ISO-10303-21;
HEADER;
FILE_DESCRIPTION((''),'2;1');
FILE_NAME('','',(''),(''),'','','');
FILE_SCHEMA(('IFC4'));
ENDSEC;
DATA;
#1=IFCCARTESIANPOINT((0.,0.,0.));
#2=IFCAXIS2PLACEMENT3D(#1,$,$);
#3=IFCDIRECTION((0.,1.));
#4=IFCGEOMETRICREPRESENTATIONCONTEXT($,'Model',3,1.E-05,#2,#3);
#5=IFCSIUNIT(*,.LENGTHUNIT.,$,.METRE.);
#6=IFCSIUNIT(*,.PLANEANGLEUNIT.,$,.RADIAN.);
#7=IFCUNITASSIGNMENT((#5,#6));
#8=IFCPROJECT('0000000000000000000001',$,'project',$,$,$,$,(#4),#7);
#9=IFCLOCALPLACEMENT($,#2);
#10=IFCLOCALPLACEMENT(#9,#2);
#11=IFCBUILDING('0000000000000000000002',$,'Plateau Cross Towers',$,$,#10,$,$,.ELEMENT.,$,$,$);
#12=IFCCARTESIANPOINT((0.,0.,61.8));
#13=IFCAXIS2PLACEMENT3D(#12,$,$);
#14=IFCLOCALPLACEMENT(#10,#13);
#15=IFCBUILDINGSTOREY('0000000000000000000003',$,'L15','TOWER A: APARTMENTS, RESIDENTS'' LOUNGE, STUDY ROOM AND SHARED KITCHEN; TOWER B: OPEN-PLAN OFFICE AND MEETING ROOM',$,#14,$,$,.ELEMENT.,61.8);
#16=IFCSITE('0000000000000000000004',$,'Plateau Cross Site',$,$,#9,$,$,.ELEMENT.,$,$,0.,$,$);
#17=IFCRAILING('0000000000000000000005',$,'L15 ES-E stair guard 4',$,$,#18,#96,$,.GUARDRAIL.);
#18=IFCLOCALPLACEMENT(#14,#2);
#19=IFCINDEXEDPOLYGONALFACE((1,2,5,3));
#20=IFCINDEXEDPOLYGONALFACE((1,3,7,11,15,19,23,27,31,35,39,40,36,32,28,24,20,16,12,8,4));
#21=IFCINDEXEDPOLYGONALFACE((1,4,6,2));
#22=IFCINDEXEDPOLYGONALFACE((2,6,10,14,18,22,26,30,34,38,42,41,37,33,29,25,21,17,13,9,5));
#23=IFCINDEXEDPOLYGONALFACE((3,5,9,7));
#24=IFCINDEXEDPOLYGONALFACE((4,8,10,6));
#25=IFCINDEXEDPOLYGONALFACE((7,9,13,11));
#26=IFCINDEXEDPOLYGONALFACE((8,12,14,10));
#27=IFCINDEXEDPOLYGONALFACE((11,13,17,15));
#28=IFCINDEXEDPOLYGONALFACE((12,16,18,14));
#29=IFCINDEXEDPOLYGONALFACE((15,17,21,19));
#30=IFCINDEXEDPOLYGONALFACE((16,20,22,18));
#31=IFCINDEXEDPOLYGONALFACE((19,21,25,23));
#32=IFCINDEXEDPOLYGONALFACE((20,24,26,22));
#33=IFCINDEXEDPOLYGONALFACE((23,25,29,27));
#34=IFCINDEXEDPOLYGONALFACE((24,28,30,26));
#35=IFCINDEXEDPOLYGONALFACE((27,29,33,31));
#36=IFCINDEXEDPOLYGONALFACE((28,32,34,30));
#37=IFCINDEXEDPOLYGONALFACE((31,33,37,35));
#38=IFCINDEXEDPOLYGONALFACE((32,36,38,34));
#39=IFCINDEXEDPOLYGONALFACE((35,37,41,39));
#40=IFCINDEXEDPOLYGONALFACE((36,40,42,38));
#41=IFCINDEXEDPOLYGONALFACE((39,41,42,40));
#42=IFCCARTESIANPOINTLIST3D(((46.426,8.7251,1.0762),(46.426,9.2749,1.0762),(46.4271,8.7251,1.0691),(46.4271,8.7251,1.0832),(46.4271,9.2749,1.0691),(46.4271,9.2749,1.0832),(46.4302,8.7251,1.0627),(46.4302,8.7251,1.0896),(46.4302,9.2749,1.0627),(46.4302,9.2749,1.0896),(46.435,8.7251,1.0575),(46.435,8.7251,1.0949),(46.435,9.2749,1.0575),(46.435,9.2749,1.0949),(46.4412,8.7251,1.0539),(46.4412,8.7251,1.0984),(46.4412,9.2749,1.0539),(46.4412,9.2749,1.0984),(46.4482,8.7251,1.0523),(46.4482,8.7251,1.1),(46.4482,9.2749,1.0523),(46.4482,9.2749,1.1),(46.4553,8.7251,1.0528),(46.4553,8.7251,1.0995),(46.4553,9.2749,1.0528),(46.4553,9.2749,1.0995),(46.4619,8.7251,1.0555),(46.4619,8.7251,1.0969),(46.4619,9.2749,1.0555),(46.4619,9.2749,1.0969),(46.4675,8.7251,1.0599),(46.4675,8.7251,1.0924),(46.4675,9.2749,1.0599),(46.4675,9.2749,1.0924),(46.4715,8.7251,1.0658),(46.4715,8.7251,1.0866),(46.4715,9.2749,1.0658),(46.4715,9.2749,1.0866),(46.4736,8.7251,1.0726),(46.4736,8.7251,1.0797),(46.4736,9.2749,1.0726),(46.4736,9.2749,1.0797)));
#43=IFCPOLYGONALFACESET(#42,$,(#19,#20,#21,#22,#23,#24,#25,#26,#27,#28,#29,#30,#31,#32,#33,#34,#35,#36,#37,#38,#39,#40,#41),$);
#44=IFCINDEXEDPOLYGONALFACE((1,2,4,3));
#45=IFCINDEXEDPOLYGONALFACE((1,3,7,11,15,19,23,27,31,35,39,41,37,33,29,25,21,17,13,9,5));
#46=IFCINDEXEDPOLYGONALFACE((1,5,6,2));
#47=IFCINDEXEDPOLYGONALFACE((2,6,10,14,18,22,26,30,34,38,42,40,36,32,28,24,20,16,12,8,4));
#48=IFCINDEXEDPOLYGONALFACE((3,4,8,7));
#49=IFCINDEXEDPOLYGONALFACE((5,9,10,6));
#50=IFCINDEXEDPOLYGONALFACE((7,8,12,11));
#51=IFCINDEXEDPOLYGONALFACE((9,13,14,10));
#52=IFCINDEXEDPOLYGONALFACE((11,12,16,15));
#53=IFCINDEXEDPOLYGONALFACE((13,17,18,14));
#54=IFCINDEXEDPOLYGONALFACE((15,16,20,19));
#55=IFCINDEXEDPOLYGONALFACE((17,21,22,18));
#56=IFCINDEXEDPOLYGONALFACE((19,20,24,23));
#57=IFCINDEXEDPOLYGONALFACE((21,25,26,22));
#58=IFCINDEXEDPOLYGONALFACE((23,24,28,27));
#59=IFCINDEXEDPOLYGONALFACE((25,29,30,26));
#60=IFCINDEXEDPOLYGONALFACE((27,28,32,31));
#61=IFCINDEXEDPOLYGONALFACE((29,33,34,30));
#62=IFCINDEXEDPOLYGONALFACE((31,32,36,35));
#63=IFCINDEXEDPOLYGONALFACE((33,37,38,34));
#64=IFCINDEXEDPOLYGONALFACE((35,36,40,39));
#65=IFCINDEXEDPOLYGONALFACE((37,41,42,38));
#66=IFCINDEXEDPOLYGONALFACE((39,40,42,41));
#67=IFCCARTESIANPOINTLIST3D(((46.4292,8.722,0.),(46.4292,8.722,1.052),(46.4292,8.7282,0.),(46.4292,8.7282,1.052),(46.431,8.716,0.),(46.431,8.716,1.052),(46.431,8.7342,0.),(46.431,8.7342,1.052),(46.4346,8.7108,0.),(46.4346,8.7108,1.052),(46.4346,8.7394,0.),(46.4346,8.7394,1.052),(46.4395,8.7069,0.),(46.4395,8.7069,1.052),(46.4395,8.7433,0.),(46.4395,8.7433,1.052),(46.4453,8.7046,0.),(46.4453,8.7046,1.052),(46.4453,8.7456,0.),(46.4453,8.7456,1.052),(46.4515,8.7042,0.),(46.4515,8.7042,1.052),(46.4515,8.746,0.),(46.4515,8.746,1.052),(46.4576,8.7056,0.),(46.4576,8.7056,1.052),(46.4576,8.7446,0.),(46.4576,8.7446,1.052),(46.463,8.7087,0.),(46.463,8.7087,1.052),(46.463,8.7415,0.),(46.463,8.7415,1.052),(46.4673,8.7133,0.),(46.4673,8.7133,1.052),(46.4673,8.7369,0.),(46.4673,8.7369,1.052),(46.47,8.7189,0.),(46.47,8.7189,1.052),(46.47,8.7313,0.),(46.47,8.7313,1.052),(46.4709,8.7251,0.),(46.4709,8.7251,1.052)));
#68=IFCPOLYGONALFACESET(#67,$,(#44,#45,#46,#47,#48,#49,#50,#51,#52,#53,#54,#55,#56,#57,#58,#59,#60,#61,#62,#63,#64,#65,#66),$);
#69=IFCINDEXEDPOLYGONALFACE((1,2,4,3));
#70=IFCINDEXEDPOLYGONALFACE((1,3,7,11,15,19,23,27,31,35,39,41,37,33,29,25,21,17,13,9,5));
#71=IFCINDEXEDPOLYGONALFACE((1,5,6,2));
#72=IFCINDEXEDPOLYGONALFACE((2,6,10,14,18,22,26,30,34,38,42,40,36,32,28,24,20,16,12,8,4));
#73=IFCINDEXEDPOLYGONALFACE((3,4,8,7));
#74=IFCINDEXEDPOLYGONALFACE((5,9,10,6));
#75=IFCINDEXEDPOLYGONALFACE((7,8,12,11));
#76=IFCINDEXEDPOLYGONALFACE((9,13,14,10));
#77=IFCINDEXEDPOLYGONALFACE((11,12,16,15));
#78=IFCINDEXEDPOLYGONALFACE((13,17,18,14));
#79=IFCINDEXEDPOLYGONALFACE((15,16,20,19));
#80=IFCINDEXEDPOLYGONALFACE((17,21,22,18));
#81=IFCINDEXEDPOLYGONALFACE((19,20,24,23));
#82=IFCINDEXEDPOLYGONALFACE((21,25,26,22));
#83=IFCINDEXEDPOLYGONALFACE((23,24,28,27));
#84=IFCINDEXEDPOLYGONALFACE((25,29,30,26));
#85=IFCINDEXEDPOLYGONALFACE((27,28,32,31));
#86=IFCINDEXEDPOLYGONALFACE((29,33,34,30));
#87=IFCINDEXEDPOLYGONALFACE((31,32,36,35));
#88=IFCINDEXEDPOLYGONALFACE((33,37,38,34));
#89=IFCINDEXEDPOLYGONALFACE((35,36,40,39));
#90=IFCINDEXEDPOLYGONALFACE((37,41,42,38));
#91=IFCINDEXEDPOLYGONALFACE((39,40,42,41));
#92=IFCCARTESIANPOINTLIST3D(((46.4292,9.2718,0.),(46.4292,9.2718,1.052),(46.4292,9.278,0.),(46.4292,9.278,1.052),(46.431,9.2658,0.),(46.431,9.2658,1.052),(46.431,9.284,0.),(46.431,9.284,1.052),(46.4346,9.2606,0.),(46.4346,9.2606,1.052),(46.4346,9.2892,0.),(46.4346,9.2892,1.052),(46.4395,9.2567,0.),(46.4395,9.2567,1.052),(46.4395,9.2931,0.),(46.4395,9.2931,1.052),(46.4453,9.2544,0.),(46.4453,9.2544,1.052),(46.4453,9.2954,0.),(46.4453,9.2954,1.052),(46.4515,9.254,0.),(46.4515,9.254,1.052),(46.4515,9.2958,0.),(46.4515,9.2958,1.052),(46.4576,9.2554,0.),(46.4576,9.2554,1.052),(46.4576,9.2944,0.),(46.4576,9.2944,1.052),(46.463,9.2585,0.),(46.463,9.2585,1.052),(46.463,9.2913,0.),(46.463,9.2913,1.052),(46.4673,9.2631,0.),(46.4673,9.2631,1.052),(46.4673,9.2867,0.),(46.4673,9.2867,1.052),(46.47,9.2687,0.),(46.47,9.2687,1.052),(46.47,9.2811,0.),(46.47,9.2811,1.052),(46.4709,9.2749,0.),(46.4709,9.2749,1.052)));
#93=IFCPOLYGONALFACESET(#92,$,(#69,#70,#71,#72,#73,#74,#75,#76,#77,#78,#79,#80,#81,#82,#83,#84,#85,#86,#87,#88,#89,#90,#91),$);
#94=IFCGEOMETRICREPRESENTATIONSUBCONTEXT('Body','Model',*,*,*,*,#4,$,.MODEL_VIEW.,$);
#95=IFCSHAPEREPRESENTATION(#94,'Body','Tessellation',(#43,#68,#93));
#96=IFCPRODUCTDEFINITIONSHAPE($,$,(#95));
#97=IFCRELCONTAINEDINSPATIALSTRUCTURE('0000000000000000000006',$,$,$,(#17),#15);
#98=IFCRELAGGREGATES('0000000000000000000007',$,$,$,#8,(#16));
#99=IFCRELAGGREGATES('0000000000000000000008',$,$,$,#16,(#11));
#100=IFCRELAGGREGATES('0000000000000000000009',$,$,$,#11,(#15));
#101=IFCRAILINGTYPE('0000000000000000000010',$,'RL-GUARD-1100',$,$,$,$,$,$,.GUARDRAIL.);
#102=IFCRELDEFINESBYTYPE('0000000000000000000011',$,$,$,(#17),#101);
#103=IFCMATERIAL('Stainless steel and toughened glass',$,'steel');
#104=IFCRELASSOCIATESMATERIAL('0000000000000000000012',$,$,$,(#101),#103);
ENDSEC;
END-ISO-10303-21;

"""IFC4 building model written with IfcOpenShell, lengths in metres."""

from ifc_helpers import new_model, si_unit, direction, frame, origin, origin_2d, place, context, subcontext, project, spatial, circle, extrude, material, type_object, element, save


model = new_model("IFC4")

# Units and contexts
model_context = context("Model", 3, precision=1e-05, world=origin(), true_north=direction((0.0, 1.0)))
body_context = subcontext(model_context, "Body", "Model", "MODEL_VIEW")
ifc_project = project(units=[si_unit("LENGTHUNIT", "METRE"), si_unit("PLANEANGLEUNIT", "RADIAN")], contexts=[model_context])

# Site, building, storey
site_placement = place(None, origin())
site = spatial("IfcSite", under=ifc_project, at=site_placement, Name="Plateau Cross Site", CompositionType="ELEMENT", RefElevation=0.0)
building_placement = place(site_placement, origin())
building = spatial("IfcBuilding", under=site, at=building_placement, Name="Plateau Cross Towers", CompositionType="ELEMENT")
storey_placement = place(building_placement, frame((0.0, 0.0, 61.8)))
storey = spatial("IfcBuildingStorey", under=building, at=storey_placement, Name="L15", Description="TOWER A: APARTMENTS, RESIDENTS' LOUNGE, STUDY ROOM AND SHARED KITCHEN; TOWER B: OPEN-PLAN OFFICE AND MEETING ROOM", CompositionType="ELEMENT", Elevation=61.8)

# Railing
ifc_material_1 = material(Name="Stainless steel and toughened glass", Category="steel")
railing_type_1 = type_object("IfcRailingType", Name="RL-GUARD-1100", PredefinedType="GUARDRAIL", material=ifc_material_1)
railing_1_placement = place(storey_placement, frame((46.45, 8.7251, 0.0)))
element("IfcRailing", 1, at=railing_1_placement, inside=storey, type_object=railing_type_1, Name="L15 ES-E stair guard 4", PredefinedType="GUARDRAIL", context=body_context, shape_type="SweptSolid", body=[
    extrude(circle(Radius=0.0239, at=origin_2d()), frame((0.0, 0.0, 1.0762), z_axis=(0.0, 1.0, 0.0), x_axis=(-1.0, 0.0, 0.0)), (0.0, 0.0, 1.0), 0.5498),
    extrude(circle(Radius=0.021, at=origin_2d()), origin(), (0.0, 0.0, 1.0), 1.052),
    extrude(circle(Radius=0.021, at=origin_2d()), frame((0.0, 0.5498, 0.0)), (0.0, 0.0, 1.0), 1.052),
])

save(model, "model.ifc")
